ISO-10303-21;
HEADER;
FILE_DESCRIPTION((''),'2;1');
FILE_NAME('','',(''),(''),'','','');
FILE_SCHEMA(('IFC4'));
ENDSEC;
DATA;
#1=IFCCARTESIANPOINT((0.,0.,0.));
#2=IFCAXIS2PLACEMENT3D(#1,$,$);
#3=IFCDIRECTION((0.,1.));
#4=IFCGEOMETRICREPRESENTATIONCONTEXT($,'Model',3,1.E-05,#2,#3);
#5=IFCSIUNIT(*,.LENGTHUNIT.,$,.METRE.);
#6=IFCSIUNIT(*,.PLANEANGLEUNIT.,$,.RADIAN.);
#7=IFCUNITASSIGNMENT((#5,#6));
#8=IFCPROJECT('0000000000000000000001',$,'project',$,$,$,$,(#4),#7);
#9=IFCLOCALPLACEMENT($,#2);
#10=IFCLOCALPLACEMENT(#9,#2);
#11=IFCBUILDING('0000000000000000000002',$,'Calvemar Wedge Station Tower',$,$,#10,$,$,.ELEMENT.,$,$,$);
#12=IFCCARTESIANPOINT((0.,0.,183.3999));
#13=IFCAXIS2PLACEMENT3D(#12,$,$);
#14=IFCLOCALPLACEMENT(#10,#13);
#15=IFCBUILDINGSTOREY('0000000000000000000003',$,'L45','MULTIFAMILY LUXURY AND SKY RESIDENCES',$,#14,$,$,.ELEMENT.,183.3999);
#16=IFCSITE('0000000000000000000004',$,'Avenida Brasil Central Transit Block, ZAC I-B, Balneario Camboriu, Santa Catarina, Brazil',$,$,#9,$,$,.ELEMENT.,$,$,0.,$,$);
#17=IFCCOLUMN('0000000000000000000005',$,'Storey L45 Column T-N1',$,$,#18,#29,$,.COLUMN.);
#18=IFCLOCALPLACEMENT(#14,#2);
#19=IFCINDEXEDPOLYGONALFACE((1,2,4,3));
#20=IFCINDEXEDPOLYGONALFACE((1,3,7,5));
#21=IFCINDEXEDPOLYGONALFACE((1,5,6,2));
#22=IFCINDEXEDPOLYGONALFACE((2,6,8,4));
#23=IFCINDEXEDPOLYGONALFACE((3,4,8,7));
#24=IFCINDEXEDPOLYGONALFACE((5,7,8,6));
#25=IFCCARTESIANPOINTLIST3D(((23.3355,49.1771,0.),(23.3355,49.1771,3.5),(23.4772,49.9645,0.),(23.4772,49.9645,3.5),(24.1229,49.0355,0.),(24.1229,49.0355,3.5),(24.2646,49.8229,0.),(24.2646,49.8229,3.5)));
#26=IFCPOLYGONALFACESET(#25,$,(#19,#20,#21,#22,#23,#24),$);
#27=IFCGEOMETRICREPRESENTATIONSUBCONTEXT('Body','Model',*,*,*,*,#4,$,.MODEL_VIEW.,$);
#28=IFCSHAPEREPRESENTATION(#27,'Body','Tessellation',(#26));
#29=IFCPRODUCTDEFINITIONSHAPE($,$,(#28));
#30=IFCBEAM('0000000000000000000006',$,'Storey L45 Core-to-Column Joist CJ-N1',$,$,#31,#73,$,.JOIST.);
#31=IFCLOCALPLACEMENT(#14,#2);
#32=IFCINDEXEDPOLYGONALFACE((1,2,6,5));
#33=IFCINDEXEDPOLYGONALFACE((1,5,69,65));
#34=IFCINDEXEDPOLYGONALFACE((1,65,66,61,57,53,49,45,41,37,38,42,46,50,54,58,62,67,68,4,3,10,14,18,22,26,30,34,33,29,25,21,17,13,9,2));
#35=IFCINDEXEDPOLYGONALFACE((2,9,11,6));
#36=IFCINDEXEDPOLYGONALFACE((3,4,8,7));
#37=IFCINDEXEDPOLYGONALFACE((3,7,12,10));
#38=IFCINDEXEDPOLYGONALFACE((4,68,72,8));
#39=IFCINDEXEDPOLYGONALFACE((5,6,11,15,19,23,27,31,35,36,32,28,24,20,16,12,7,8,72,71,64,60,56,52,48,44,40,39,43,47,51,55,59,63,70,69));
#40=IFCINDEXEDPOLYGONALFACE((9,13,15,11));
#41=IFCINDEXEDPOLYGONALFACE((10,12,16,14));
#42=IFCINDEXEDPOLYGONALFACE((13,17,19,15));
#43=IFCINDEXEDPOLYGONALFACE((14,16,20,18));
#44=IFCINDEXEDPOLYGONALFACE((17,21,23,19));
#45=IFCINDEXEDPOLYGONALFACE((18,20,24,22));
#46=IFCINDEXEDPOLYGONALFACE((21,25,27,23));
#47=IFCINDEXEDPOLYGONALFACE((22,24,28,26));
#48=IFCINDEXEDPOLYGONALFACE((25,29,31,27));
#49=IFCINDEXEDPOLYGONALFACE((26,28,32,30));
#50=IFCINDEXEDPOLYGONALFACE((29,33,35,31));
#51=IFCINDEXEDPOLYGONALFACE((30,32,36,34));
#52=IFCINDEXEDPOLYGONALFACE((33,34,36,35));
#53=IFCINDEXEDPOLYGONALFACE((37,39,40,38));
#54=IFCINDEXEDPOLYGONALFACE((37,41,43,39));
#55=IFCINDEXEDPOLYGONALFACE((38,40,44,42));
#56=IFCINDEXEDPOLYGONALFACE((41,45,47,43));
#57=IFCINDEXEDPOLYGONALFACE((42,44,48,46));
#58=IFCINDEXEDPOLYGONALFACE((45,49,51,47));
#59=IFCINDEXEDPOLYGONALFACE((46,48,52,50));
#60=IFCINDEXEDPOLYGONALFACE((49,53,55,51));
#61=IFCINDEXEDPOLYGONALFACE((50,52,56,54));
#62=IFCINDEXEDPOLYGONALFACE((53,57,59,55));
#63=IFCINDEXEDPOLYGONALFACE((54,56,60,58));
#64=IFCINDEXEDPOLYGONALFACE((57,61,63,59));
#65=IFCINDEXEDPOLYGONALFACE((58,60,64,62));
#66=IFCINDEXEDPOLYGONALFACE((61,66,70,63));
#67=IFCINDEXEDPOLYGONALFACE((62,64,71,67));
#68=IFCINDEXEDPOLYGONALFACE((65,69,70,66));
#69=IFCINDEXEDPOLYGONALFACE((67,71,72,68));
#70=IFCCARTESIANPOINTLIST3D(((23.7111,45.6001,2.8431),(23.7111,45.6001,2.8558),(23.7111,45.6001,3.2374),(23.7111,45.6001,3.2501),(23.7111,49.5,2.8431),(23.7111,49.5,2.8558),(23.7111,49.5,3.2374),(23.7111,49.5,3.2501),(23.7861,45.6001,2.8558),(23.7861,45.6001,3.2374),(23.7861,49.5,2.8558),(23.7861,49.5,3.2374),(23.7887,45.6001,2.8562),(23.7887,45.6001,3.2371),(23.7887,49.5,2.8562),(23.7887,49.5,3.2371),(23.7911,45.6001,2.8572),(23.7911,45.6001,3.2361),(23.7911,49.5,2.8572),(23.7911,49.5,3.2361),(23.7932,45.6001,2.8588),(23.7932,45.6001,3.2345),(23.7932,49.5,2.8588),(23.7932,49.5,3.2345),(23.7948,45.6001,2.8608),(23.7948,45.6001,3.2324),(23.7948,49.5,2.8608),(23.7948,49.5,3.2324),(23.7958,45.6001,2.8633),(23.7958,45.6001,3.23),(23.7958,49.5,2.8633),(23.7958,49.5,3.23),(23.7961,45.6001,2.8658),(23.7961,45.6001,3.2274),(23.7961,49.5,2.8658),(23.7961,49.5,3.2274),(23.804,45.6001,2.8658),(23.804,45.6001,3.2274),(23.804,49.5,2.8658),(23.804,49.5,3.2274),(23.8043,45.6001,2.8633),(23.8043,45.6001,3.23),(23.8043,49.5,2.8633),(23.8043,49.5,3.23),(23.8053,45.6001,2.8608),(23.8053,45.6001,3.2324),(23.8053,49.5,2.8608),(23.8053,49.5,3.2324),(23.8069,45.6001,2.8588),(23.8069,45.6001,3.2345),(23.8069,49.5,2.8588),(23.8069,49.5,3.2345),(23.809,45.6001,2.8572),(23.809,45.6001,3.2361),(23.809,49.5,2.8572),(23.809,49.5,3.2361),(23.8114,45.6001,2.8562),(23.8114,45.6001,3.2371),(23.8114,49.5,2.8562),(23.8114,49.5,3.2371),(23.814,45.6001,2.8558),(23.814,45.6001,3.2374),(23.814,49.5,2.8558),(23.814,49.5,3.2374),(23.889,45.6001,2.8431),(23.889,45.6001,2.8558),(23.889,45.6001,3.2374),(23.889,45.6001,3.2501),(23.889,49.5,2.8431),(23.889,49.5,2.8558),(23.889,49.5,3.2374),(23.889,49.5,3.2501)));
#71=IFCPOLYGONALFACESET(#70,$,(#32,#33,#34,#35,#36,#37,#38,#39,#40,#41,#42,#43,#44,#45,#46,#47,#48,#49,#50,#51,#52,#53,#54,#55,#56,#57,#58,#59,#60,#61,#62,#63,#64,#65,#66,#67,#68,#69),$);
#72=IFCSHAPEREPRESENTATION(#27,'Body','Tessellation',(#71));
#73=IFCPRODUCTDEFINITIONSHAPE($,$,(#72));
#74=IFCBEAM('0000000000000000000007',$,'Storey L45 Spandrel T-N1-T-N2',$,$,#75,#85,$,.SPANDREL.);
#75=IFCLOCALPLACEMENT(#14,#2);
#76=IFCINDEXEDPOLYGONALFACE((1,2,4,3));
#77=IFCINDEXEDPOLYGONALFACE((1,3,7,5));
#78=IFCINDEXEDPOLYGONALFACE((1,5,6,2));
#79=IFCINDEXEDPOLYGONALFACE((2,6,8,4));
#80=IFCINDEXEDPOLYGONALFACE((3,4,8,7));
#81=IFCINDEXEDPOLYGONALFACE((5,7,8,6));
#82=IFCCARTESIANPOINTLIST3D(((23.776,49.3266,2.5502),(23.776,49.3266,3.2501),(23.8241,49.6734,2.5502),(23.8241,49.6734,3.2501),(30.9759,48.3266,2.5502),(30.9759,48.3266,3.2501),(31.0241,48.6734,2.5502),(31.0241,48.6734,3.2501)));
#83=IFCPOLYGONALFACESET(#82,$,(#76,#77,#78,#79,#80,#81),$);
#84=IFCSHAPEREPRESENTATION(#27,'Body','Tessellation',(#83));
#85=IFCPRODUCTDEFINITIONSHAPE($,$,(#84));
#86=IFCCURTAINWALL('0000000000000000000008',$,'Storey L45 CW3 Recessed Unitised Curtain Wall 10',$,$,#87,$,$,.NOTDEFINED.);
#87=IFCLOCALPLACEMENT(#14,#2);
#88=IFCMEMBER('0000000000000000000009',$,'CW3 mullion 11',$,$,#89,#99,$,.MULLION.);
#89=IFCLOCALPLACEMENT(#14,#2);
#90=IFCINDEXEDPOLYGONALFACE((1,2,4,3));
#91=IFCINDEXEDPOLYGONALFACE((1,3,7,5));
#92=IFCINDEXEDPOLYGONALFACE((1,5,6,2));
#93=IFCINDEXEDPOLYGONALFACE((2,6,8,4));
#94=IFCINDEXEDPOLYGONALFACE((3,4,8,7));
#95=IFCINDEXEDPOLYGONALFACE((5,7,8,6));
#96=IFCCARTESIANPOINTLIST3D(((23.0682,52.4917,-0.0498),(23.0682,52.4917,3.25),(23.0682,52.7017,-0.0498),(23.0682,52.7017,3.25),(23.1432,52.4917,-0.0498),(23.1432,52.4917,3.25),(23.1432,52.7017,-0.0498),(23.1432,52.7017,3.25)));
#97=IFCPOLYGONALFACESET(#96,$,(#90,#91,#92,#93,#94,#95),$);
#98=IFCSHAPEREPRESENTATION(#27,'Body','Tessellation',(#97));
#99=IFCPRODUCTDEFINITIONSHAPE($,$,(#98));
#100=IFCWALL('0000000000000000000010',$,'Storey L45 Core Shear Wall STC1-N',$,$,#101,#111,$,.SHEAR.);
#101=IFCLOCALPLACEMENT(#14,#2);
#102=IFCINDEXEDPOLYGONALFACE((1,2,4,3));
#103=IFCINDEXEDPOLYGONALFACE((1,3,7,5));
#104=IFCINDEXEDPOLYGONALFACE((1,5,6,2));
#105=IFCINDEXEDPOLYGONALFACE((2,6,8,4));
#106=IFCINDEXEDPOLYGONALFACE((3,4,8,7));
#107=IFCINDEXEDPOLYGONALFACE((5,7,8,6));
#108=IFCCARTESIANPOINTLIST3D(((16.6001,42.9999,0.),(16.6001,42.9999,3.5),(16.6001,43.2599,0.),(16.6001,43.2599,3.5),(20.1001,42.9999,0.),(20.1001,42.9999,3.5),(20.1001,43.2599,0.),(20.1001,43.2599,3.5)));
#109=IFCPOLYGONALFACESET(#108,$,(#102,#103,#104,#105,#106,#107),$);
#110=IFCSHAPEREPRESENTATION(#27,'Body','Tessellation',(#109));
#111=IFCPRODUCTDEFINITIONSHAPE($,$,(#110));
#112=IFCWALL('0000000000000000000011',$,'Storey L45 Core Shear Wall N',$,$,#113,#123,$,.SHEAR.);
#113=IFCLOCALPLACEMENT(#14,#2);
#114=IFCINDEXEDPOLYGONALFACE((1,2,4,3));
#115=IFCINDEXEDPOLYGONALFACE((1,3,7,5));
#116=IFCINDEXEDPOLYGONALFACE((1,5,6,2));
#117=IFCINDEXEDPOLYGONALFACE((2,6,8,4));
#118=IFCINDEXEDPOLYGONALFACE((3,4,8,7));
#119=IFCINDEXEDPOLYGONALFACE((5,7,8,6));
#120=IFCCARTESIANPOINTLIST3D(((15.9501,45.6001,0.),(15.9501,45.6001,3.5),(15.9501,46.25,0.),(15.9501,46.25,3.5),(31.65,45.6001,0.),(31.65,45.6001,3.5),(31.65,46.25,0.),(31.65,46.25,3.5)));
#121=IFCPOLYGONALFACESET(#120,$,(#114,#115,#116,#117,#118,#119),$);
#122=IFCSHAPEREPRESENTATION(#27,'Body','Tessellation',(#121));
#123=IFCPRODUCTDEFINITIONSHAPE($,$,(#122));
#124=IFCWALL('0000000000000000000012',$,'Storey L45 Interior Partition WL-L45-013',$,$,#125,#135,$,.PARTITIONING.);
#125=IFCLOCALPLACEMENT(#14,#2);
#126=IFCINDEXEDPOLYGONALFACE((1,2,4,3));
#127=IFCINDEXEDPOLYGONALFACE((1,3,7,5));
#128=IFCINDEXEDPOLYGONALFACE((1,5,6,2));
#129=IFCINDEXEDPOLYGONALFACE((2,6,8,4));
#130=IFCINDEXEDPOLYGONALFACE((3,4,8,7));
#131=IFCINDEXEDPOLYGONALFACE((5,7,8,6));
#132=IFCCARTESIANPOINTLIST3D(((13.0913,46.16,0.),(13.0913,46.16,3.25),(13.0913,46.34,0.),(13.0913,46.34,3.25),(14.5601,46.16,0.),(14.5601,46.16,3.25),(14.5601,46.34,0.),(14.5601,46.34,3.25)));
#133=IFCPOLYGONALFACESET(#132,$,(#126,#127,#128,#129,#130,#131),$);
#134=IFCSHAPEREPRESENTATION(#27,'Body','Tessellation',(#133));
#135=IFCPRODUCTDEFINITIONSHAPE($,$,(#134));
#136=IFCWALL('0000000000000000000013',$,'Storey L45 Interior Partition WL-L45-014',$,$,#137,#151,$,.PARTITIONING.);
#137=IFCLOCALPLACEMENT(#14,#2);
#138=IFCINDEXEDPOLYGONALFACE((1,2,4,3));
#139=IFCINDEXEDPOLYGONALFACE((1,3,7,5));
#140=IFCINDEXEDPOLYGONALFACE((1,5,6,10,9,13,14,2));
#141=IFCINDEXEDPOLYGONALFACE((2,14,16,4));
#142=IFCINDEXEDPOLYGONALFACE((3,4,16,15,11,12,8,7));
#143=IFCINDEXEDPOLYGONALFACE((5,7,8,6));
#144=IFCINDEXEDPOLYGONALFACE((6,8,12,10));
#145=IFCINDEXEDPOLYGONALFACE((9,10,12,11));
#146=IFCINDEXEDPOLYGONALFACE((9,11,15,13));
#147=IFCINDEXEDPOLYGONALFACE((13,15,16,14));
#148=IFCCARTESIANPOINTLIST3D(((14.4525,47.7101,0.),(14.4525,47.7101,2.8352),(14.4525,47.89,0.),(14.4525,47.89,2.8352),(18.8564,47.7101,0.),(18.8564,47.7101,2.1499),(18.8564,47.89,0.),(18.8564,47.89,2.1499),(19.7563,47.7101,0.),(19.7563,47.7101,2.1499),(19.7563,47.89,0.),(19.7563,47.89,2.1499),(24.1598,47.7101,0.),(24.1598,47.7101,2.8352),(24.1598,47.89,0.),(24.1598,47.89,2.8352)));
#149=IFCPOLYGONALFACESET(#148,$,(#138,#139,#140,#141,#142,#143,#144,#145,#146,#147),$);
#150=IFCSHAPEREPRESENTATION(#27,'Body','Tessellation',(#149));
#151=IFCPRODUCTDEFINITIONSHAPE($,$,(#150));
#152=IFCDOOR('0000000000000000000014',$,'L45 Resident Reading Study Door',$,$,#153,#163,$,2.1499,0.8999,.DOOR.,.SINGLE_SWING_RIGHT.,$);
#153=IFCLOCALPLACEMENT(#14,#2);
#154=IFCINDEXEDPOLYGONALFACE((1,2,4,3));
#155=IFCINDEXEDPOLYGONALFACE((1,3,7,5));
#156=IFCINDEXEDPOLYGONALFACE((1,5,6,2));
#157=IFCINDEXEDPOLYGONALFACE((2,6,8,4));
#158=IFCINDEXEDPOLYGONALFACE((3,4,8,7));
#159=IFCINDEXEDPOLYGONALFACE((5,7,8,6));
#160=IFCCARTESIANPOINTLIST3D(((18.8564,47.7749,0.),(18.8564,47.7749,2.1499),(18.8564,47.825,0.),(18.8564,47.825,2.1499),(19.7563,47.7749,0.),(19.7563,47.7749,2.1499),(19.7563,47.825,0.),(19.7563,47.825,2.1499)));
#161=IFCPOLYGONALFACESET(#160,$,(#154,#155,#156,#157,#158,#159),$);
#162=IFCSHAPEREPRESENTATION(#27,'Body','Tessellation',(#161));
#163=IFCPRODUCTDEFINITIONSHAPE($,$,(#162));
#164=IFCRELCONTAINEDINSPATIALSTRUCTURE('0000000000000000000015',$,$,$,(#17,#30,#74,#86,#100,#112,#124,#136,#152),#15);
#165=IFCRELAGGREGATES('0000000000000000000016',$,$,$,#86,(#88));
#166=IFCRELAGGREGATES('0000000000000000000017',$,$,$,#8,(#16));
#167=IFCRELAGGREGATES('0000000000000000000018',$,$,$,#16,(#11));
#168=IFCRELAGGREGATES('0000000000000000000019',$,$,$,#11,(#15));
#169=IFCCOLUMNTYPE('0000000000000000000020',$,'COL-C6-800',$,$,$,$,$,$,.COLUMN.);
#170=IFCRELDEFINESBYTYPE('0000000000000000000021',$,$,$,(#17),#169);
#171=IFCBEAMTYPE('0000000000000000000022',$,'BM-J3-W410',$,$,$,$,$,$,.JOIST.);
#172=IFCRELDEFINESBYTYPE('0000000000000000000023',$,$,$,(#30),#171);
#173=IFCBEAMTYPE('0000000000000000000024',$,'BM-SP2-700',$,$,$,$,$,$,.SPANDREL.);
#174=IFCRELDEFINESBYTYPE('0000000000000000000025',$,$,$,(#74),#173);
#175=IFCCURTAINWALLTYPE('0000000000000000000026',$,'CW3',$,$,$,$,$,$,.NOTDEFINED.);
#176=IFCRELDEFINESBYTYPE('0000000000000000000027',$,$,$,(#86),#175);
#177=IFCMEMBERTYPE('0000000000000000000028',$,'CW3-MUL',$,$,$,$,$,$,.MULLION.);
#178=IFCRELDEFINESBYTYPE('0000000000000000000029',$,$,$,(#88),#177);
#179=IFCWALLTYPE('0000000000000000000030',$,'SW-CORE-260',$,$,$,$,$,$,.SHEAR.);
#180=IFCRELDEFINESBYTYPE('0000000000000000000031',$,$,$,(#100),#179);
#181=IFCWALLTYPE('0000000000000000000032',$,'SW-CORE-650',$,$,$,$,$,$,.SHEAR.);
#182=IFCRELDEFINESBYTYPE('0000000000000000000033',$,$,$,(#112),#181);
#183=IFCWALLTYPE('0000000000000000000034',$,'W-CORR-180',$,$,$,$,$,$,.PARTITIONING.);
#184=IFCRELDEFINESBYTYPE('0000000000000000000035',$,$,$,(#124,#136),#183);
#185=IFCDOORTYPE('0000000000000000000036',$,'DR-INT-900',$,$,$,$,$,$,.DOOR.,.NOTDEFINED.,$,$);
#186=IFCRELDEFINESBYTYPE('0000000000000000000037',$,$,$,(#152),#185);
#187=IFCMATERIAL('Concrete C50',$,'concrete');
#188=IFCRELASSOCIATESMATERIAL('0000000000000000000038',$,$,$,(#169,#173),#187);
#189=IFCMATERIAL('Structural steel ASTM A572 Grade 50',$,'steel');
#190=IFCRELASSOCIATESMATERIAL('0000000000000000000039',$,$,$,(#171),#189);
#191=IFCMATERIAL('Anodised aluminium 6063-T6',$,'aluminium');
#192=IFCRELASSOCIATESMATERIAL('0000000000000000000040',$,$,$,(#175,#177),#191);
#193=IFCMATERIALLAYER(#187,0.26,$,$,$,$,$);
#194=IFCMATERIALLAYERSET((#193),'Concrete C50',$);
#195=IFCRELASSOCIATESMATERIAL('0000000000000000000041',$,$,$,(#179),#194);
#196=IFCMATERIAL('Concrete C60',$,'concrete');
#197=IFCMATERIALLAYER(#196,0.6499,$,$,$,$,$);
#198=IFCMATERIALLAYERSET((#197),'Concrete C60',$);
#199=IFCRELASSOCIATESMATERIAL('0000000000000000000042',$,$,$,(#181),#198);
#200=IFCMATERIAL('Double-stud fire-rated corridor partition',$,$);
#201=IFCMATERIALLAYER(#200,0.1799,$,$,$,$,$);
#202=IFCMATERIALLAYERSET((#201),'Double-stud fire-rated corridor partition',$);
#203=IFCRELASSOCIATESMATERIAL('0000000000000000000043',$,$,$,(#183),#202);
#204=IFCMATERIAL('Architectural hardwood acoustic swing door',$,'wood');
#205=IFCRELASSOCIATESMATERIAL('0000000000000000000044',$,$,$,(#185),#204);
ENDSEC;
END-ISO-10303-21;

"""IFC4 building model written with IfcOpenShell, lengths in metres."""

from ifc_helpers import new_model, si_unit, direction, frame, frame_2d, origin, origin_2d, place, context, subcontext, project, spatial, rectangle, i_section, extrude, source, transform, mapped, material, layer, layer_set, material_profile, profile_set, type_object, element, fill, aggregate, save


model = new_model("IFC4")

# Units and contexts
model_context = context("Model", 3, precision=1e-05, world=origin(), true_north=direction((0.0, 1.0)))
body_context = subcontext(model_context, "Body", "Model", "MODEL_VIEW")
ifc_project = project(units=[si_unit("LENGTHUNIT", "METRE"), si_unit("PLANEANGLEUNIT", "RADIAN")], contexts=[model_context])

# Site, building, storey
site_placement = place(None, origin())
site = spatial("IfcSite", under=ifc_project, at=site_placement, Name="Avenida Brasil Central Transit Block, ZAC I-B, Balneario Camboriu, Santa Catarina, Brazil", CompositionType="ELEMENT", RefElevation=0.0)
building_placement = place(site_placement, origin())
building = spatial("IfcBuilding", under=site, at=building_placement, Name="Calvemar Wedge Station Tower", CompositionType="ELEMENT")
storey_placement = place(building_placement, frame((0.0, 0.0, 183.3999)))
storey = spatial("IfcBuildingStorey", under=building, at=storey_placement, Name="L45", Description="MULTIFAMILY LUXURY AND SKY RESIDENCES", CompositionType="ELEMENT", Elevation=183.3999)

# Column
ifc_material_1 = material(Name="Concrete C50", Category="concrete")
ifc_material_profile_1 = material_profile(ifc_material_1, rectangle(XDim=0.8, YDim=0.8, at=origin_2d()), Name="RC800x800")
ifc_profile_set_1 = profile_set([ifc_material_profile_1], Name="Concrete C50")
column_type = type_object("IfcColumnType", Name="COL-C6-800", PredefinedType="COLUMN", material=ifc_profile_set_1)
shared_shape_1 = source(origin(), body_context, "Body", "SweptSolid", [
    extrude(rectangle(XDim=0.8, YDim=0.8, at=origin_2d()), origin(), (0.0, 0.0, 1.0), 3.5),
])
column_placement = place(storey_placement, frame((23.8, 49.5, 0.0), z_axis=(0.0, 0.0, 1.0), x_axis=(0.984196, -0.177085, 0.0)))
element("IfcColumn", 1, at=column_placement, inside=storey, type_object=column_type, Name="Storey L45 Column T-N1", PredefinedType="COLUMN", context=body_context, shape_type="MappedRepresentation", body=[
    mapped(shared_shape_1, transform((0.0, 0.0, 0.0), scale=1.0)),
])

# Beams
ifc_material_2 = material(Name="Structural steel ASTM A572 Grade 50", Category="steel")
ifc_material_profile_2 = material_profile(ifc_material_2, i_section(OverallWidth=0.178, OverallDepth=0.407, WebThickness=0.0078, FlangeThickness=0.0127, FilletRadius=0.01, at=origin_2d()), Name="W410x60")
ifc_profile_set_2 = profile_set([ifc_material_profile_2], Name="Structural steel ASTM A572 Grade 50")
beam_type_1 = type_object("IfcBeamType", Name="BM-J3-W410", PredefinedType="JOIST", material=ifc_profile_set_2)
shared_shape_2 = source(origin(), body_context, "Body", "SweptSolid", [
    extrude(i_section(OverallWidth=0.178, OverallDepth=0.407, WebThickness=0.0078, FlangeThickness=0.0127, FilletRadius=0.01, at=origin_2d()), origin(), (0.0, 0.0, 1.0), 3.8999),
])
beam_1_placement = place(storey_placement, frame((23.8, 45.6001, 3.0466), z_axis=(0.0, 1.0, 0.0), x_axis=(-1.0, 0.0, 0.0)))
element("IfcBeam", 2, at=beam_1_placement, inside=storey, type_object=beam_type_1, Name="Storey L45 Core-to-Column Joist CJ-N1", PredefinedType="JOIST", context=body_context, shape_type="MappedRepresentation", body=[
    mapped(shared_shape_2, transform((0.0, 0.0, 0.0), scale=1.0)),
])
ifc_material_profile_3 = material_profile(ifc_material_1, rectangle(XDim=0.3501, YDim=0.7, at=origin_2d()), Name="RC350x700")
ifc_profile_set_3 = profile_set([ifc_material_profile_3], Name="Concrete C50")
beam_type_2 = type_object("IfcBeamType", Name="BM-SP2-700", PredefinedType="SPANDREL", material=ifc_profile_set_3)
shared_shape_3 = source(origin(), body_context, "Body", "SweptSolid", [
    extrude(rectangle(XDim=0.3501, YDim=0.7, at=origin_2d()), origin(), (0.0, 0.0, 1.0), 7.269),
])
beam_2_placement = place(storey_placement, frame((23.8, 49.5, 2.9001), z_axis=(0.990492, -0.137569, 0.0), x_axis=(0.137569, 0.990492, 0.0)))
element("IfcBeam", 3, at=beam_2_placement, inside=storey, type_object=beam_type_2, Name="Storey L45 Spandrel T-N1-T-N2", PredefinedType="SPANDREL", context=body_context, shape_type="MappedRepresentation", body=[
    mapped(shared_shape_3, transform((0.0, 0.0, 0.0), scale=1.0)),
])

# Curtain wall, member
ifc_material_3 = material(Name="Anodised aluminium 6063-T6", Category="aluminium")
curtain_wall_type = type_object("IfcCurtainWallType", Name="CW3", PredefinedType="NOTDEFINED", material=ifc_material_3)
curtain_wall_placement = place(storey_placement, origin())
curtain_wall = element("IfcCurtainWall", 4, at=curtain_wall_placement, inside=storey, type_object=curtain_wall_type, Name="Storey L45 CW3 Recessed Unitised Curtain Wall 10", PredefinedType="NOTDEFINED")
ifc_material_profile_4 = material_profile(ifc_material_3, rectangle(XDim=0.075, YDim=0.21, at=origin_2d()), Name="AL-MUL-75x210")
ifc_profile_set_4 = profile_set([ifc_material_profile_4], Name="Anodised aluminium 6063-T6")
member_type = type_object("IfcMemberType", Name="CW3-MUL", PredefinedType="MULLION", material=ifc_profile_set_4)
shared_shape_4 = source(origin(), body_context, "Body", "SweptSolid", [
    extrude(rectangle(XDim=0.075, YDim=0.21, at=origin_2d()), origin(), (0.0, 0.0, 1.0), 3.2998),
])
member_placement = place(storey_placement, frame((23.1057, 52.5967, -0.0498), z_axis=(0.0, 0.0, 1.0), x_axis=(1.0, 0.0, 0.0)))
member = element("IfcMember", 5, at=member_placement, type_object=member_type, Name="CW3 mullion 11", PredefinedType="MULLION", context=body_context, shape_type="MappedRepresentation", body=[
    mapped(shared_shape_4, transform((0.0, 0.0, 0.0), scale=1.0)),
])
aggregate(curtain_wall, [member])

# Walls
ifc_layer_1 = layer(ifc_material_1, 0.26)
ifc_layer_set_1 = layer_set([ifc_layer_1], Name="Concrete C50")
wall_type_1 = type_object("IfcWallType", Name="SW-CORE-260", PredefinedType="SHEAR", material=ifc_layer_set_1)
wall_1_placement = place(storey_placement, frame((16.6001, 43.1299, 0.0), z_axis=(0.0, 0.0, 1.0), x_axis=(1.0, 0.0, 0.0)))
element("IfcWall", 6, at=wall_1_placement, inside=storey, type_object=wall_type_1, Name="Storey L45 Core Shear Wall STC1-N", PredefinedType="SHEAR", context=body_context, shape_type="SweptSolid", body=[
    extrude(rectangle(XDim=3.5, YDim=0.26, at=frame_2d((1.75, 0.0))), origin(), (0.0, 0.0, 1.0), 3.5),
])
ifc_material_4 = material(Name="Concrete C60", Category="concrete")
ifc_layer_2 = layer(ifc_material_4, 0.6499)
ifc_layer_set_2 = layer_set([ifc_layer_2], Name="Concrete C60")
wall_type_2 = type_object("IfcWallType", Name="SW-CORE-650", PredefinedType="SHEAR", material=ifc_layer_set_2)
wall_2_placement = place(storey_placement, frame((15.95, 45.925, 0.0), z_axis=(0.0, 0.0, 1.0), x_axis=(1.0, 0.0, 0.0)))
element("IfcWall", 7, at=wall_2_placement, inside=storey, type_object=wall_type_2, Name="Storey L45 Core Shear Wall N", PredefinedType="SHEAR", context=body_context, shape_type="SweptSolid", body=[
    extrude(rectangle(XDim=15.7, YDim=0.6499, at=frame_2d((7.8501, 0.0))), origin(), (0.0, 0.0, 1.0), 3.5),
])
ifc_material_5 = material(Name="Double-stud fire-rated corridor partition")
ifc_layer_3 = layer(ifc_material_5, 0.1799)
ifc_layer_set_3 = layer_set([ifc_layer_3], Name="Double-stud fire-rated corridor partition")
wall_type_3 = type_object("IfcWallType", Name="W-CORR-180", PredefinedType="PARTITIONING", material=ifc_layer_set_3)
wall_3_placement = place(storey_placement, frame((14.5601, 46.25, 0.0), z_axis=(0.0, 0.0, 1.0), x_axis=(-1.0, 0.0, 0.0)))
element("IfcWall", 8, at=wall_3_placement, inside=storey, type_object=wall_type_3, Name="Storey L45 Interior Partition WL-L45-013", PredefinedType="PARTITIONING", context=body_context, shape_type="SweptSolid", body=[
    extrude(rectangle(XDim=1.4688, YDim=0.1799, at=frame_2d((0.7344, 0.0))), origin(), (0.0, 0.0, 1.0), 3.25),
])

# Wall, opening, door
wall_4_placement = place(storey_placement, frame((14.4526, 47.8, 0.0), z_axis=(0.0, 0.0, 1.0), x_axis=(1.0, 0.0, 0.0)))
wall_4 = element("IfcWall", 9, at=wall_4_placement, inside=storey, type_object=wall_type_3, Name="Storey L45 Interior Partition WL-L45-014", PredefinedType="PARTITIONING", context=body_context, shape_type="SweptSolid", body=[
    extrude(rectangle(XDim=9.7073, YDim=0.1799, at=frame_2d((4.8535, 0.0))), origin(), (0.0, 0.0, 1.0), 2.8352),
])
shared_shape_5 = source(origin(), body_context, "Body", "SweptSolid", [
    extrude(rectangle(XDim=0.8999, YDim=2.1499, at=frame_2d((0.45, 1.075))), frame((0.0, 0.1001, 0.0), z_axis=(0.0, -1.0, 0.0), x_axis=(1.0, 0.0, 0.0)), (0.0, 0.0, 1.0), 0.2),
])
opening_1_placement = place(wall_4_placement, frame((4.4038, 0.0, 0.0)))
opening_1 = element("IfcOpeningElement", 10, at=opening_1_placement, cuts=wall_4, PredefinedType="OPENING", context=body_context, shape_type="MappedRepresentation", body=[
    mapped(shared_shape_5, transform((0.0, 0.0, 0.0), scale=1.0)),
])
ifc_material_6 = material(Name="Architectural hardwood acoustic swing door", Category="wood")
door_type_1 = type_object("IfcDoorType", Name="DR-INT-900", OperationType="NOTDEFINED", PredefinedType="DOOR", material=ifc_material_6)
shared_shape_6 = source(origin(), body_context, "Body", "SweptSolid", [
    extrude(rectangle(XDim=0.8999, YDim=2.1499, at=frame_2d((0.45, 1.075))), frame((0.0, 0.0249, 0.0), z_axis=(0.0, -1.0, 0.0), x_axis=(1.0, 0.0, 0.0)), (0.0, 0.0, 1.0), 0.05),
])
door_1_placement = place(opening_1_placement, origin())
door_1 = element("IfcDoor", 11, at=door_1_placement, inside=storey, type_object=door_type_1, Name="L45 Resident Reading Study Door", OperationType="SINGLE_SWING_RIGHT", OverallHeight=2.1499, OverallWidth=0.8999, PredefinedType="DOOR", context=body_context, shape_type="MappedRepresentation", body=[
    mapped(shared_shape_6, transform((0.0, 0.0, 0.0), scale=1.0)),
])
fill(opening_1, door_1)

save(model, "model.ifc")
